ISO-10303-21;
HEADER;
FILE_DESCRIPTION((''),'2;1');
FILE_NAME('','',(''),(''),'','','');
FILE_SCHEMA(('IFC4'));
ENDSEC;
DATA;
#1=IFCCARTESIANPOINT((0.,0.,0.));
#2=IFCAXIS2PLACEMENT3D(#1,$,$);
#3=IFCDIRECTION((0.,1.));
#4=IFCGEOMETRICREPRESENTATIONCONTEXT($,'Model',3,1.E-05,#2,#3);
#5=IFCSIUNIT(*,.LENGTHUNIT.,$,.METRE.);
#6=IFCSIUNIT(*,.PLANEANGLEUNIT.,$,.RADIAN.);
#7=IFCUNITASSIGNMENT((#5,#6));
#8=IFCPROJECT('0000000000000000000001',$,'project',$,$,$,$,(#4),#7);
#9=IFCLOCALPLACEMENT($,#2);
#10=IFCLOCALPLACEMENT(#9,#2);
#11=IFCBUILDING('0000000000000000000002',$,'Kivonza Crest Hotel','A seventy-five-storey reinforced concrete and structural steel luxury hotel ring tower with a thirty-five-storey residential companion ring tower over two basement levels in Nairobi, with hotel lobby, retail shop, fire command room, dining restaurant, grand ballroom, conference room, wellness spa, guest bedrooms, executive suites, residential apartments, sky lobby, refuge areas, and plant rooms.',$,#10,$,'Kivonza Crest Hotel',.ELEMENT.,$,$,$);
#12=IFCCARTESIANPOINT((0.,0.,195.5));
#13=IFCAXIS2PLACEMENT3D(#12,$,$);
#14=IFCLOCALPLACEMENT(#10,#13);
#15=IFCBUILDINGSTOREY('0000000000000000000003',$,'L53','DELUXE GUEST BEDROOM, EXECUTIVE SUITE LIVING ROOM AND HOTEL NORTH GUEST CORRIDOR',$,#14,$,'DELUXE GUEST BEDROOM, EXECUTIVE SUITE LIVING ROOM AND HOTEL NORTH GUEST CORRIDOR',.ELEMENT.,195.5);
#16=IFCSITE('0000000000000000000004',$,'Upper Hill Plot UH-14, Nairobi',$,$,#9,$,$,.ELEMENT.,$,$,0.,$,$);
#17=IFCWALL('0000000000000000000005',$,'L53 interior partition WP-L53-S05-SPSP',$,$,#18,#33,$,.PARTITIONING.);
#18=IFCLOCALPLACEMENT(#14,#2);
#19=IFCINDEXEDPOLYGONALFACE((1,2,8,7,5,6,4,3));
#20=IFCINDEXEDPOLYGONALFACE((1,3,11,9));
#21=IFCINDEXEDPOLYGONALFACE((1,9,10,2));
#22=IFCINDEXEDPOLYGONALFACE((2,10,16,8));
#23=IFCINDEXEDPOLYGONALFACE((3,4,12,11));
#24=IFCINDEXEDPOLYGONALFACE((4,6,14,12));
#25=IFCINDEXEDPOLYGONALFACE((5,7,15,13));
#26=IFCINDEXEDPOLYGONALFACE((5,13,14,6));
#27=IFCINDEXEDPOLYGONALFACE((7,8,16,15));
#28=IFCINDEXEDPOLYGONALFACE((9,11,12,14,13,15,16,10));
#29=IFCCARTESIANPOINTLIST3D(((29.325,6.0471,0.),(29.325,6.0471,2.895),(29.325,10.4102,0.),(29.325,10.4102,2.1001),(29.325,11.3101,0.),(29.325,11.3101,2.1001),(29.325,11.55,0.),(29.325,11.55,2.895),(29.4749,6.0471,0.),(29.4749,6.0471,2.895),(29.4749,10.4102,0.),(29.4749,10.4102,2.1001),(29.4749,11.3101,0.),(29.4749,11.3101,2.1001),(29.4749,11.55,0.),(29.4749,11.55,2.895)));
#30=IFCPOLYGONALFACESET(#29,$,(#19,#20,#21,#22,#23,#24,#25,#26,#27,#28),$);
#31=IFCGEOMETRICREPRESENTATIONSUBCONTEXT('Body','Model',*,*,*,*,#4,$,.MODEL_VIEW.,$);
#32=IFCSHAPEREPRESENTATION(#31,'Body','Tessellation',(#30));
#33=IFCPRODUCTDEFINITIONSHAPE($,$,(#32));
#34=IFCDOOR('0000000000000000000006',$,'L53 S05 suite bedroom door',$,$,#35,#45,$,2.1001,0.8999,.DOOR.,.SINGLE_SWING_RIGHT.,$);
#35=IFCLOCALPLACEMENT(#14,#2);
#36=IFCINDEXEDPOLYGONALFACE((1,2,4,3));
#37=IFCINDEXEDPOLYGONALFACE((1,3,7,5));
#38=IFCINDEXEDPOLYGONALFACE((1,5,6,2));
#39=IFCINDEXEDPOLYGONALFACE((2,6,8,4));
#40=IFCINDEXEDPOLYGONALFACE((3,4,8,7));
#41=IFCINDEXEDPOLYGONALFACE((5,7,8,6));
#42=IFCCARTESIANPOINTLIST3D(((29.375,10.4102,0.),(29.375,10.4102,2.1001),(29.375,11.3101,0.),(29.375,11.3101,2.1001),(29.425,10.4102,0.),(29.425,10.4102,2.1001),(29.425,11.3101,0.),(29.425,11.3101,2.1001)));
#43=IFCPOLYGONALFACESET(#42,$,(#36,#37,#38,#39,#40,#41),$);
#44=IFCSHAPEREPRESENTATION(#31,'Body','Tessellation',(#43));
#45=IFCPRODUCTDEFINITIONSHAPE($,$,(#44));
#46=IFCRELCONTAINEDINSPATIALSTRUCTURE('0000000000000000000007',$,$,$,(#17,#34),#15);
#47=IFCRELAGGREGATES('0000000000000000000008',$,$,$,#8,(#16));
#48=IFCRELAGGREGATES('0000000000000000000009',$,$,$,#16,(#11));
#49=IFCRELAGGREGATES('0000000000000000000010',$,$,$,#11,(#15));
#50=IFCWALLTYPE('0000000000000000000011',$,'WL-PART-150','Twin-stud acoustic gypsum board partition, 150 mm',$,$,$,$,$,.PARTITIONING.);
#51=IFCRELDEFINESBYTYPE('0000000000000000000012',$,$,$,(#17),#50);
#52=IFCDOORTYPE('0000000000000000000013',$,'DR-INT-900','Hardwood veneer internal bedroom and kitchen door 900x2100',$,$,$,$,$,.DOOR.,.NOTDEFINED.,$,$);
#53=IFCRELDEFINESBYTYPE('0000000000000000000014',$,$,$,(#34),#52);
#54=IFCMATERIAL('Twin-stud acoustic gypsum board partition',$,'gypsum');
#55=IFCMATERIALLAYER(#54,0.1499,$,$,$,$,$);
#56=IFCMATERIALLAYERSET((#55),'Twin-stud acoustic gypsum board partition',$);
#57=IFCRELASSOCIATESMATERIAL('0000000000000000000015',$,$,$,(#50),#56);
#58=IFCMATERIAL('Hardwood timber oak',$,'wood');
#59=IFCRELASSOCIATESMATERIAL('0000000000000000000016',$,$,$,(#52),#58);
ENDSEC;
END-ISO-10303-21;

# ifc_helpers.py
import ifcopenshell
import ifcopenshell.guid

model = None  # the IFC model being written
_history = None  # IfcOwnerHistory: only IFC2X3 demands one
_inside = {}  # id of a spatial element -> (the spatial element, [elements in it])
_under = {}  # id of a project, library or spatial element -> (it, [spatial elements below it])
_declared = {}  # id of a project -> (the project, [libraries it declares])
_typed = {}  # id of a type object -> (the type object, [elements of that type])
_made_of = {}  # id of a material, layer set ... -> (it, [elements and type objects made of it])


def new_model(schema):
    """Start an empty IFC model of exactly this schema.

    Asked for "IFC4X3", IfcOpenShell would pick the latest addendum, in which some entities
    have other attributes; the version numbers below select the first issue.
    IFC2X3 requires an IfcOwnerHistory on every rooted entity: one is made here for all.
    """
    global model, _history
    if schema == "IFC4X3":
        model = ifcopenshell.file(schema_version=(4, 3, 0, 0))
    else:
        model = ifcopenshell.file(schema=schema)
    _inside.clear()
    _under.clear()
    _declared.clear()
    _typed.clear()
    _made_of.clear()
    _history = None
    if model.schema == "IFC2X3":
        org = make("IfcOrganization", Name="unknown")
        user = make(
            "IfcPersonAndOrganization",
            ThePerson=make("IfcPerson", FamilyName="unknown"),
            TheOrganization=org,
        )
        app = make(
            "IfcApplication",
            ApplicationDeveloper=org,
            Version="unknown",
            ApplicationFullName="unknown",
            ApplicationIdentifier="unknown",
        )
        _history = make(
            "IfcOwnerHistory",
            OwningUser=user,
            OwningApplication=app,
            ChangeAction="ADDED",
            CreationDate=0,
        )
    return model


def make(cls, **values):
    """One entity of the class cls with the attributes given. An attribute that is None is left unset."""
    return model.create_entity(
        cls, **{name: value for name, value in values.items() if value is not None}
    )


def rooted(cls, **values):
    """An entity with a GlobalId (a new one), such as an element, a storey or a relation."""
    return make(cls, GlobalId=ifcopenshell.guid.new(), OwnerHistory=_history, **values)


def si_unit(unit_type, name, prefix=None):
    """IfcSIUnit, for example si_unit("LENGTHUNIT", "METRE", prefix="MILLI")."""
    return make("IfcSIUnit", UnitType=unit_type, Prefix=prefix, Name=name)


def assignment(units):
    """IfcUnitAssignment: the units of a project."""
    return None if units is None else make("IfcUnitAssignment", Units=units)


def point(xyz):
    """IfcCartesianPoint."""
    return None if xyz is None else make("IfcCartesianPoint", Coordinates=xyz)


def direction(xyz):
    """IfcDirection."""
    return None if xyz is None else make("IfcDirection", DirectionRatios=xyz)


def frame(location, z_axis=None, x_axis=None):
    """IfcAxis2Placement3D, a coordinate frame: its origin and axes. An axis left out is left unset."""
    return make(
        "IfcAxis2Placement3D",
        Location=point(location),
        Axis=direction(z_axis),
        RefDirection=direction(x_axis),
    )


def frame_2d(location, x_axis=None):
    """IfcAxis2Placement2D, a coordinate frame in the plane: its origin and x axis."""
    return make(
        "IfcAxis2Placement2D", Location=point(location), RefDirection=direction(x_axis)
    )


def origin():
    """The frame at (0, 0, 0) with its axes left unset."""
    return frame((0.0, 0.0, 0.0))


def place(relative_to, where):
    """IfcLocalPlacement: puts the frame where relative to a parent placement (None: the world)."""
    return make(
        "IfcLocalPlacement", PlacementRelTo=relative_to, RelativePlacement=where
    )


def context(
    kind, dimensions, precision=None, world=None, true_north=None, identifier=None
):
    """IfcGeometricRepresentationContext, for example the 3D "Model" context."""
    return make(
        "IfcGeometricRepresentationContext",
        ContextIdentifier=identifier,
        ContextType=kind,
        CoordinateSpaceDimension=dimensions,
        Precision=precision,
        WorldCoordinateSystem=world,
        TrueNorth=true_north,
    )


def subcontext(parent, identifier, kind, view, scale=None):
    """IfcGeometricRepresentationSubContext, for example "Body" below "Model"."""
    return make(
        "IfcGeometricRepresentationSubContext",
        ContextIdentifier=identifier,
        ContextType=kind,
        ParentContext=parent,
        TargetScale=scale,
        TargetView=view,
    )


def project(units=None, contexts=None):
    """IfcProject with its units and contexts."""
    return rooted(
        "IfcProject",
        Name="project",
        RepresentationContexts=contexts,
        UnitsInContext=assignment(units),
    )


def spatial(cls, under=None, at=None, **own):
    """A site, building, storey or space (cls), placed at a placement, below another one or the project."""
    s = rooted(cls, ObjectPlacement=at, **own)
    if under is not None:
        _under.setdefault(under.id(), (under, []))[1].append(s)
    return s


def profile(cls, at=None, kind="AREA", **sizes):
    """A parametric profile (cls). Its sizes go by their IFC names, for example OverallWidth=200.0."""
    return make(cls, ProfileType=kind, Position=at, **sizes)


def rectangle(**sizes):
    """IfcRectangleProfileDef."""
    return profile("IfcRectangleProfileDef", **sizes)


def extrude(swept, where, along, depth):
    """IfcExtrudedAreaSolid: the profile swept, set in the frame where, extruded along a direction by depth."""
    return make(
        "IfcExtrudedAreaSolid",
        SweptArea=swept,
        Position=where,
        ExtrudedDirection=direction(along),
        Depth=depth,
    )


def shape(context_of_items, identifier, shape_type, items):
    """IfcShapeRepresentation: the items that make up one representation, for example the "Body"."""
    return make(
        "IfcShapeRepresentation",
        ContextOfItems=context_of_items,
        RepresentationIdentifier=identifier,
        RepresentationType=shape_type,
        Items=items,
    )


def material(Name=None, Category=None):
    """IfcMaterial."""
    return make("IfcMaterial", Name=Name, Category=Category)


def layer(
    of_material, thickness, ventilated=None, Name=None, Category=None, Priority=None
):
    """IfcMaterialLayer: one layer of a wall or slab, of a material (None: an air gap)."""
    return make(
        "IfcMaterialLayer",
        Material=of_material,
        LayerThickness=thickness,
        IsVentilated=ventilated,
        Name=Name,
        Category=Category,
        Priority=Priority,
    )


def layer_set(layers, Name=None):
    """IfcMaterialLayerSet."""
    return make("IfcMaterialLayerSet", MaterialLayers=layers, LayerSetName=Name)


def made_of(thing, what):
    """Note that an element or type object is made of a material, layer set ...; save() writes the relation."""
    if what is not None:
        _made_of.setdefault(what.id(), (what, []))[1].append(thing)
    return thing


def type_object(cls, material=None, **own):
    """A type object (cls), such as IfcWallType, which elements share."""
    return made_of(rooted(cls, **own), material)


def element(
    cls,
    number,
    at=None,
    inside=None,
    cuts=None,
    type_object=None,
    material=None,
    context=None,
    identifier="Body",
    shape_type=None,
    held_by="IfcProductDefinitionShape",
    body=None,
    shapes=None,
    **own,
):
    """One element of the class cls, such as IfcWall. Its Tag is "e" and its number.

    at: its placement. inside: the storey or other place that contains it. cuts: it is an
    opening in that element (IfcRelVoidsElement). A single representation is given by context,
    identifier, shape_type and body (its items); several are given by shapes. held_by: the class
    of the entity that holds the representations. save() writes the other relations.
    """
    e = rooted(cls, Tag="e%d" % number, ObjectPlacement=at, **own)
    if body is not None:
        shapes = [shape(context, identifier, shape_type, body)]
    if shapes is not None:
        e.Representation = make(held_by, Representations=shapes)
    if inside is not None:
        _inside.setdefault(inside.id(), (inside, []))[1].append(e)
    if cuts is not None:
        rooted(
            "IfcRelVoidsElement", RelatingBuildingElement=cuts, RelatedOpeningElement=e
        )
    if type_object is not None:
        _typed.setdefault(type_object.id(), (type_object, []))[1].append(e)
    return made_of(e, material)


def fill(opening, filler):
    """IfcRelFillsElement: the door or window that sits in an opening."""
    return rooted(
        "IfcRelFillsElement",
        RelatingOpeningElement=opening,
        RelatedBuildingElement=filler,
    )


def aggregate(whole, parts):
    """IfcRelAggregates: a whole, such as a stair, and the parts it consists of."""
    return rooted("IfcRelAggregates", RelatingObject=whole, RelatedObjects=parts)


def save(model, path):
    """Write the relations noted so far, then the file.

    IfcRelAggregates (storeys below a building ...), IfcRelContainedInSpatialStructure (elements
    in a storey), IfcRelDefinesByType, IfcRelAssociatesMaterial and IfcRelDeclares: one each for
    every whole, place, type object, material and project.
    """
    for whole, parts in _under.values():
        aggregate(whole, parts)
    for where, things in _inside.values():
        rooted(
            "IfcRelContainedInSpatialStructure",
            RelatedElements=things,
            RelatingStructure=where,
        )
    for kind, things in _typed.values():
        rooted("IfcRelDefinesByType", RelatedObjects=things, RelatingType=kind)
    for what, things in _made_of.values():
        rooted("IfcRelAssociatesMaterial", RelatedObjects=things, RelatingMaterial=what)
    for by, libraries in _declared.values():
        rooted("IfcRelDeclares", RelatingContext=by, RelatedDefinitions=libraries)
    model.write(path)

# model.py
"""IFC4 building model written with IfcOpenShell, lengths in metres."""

from ifc_helpers import new_model, si_unit, direction, frame, frame_2d, origin, place, context, subcontext, project, spatial, rectangle, extrude, material, layer, layer_set, type_object, element, fill, save


model = new_model("IFC4")

# Units and contexts
model_context = context("Model", 3, precision=1e-05, world=origin(), true_north=direction((0.0, 1.0)))
body_context = subcontext(model_context, "Body", "Model", "MODEL_VIEW")
ifc_project = project(units=[si_unit("LENGTHUNIT", "METRE"), si_unit("PLANEANGLEUNIT", "RADIAN")], contexts=[model_context])

# Site, building, storey
site_placement = place(None, origin())
site = spatial("IfcSite", under=ifc_project, at=site_placement, Name="Upper Hill Plot UH-14, Nairobi", CompositionType="ELEMENT", RefElevation=0.0)
building_placement = place(site_placement, origin())
building = spatial("IfcBuilding", under=site, at=building_placement, Name="Kivonza Crest Hotel", Description="A seventy-five-storey reinforced concrete and structural steel luxury hotel ring tower with a thirty-five-storey residential companion ring tower over two basement levels in Nairobi, with hotel lobby, retail shop, fire command room, dining restaurant, grand ballroom, conference room, wellness spa, guest bedrooms, executive suites, residential apartments, sky lobby, refuge areas, and plant rooms.", LongName="Kivonza Crest Hotel", CompositionType="ELEMENT")
storey_placement = place(building_placement, frame((0.0, 0.0, 195.5)))
storey = spatial("IfcBuildingStorey", under=building, at=storey_placement, Name="L53", Description="DELUXE GUEST BEDROOM, EXECUTIVE SUITE LIVING ROOM AND HOTEL NORTH GUEST CORRIDOR", LongName="DELUXE GUEST BEDROOM, EXECUTIVE SUITE LIVING ROOM AND HOTEL NORTH GUEST CORRIDOR", CompositionType="ELEMENT", Elevation=195.5)

# Wall, opening, door
ifc_material_1 = material(Name="Twin-stud acoustic gypsum board partition", Category="gypsum")
ifc_layer_1 = layer(ifc_material_1, 0.1499)
ifc_layer_set_1 = layer_set([ifc_layer_1], Name="Twin-stud acoustic gypsum board partition")
wall_type_1 = type_object("IfcWallType", Name="WL-PART-150", Description="Twin-stud acoustic gypsum board partition, 150 mm", PredefinedType="PARTITIONING", material=ifc_layer_set_1)
wall_1_placement = place(storey_placement, frame((29.3999, 6.0471, 0.0), z_axis=(0.0, 0.0, 1.0), x_axis=(0.0, 1.0, 0.0)))
wall_1 = element("IfcWall", 1, at=wall_1_placement, inside=storey, type_object=wall_type_1, Name="L53 interior partition WP-L53-S05-SPSP", PredefinedType="PARTITIONING", context=body_context, shape_type="SweptSolid", body=[
    extrude(rectangle(XDim=5.5029, YDim=0.1499, at=frame_2d((2.7515, 0.0))), origin(), (0.0, 0.0, 1.0), 2.895),
])
opening_1_placement = place(wall_1_placement, frame((4.363, 0.0, 0.0)))
opening_1 = element("IfcOpeningElement", 2, at=opening_1_placement, cuts=wall_1, PredefinedType="OPENING", context=body_context, shape_type="SweptSolid", body=[
    extrude(rectangle(XDim=0.8999, YDim=2.1001, at=frame_2d((0.45, 1.05))), frame((0.0, 0.085, 0.0), z_axis=(0.0, -1.0, 0.0), x_axis=(1.0, 0.0, 0.0)), (0.0, 0.0, 1.0), 0.1699),
])
ifc_material_2 = material(Name="Hardwood timber oak", Category="wood")
door_type = type_object("IfcDoorType", Name="DR-INT-900", Description="Hardwood veneer internal bedroom and kitchen door 900x2100", OperationType="NOTDEFINED", PredefinedType="DOOR", material=ifc_material_2)
door_placement = place(opening_1_placement, origin())
door = element("IfcDoor", 3, at=door_placement, inside=storey, type_object=door_type, Name="L53 S05 suite bedroom door", OperationType="SINGLE_SWING_RIGHT", OverallHeight=2.1001, OverallWidth=0.8999, PredefinedType="DOOR", context=body_context, shape_type="SweptSolid", body=[
    extrude(rectangle(XDim=0.8999, YDim=2.1001, at=frame_2d((0.45, 1.05))), frame((0.0, 0.0249, 0.0), z_axis=(0.0, -1.0, 0.0), x_axis=(1.0, 0.0, 0.0)), (0.0, 0.0, 1.0), 0.05),
])
fill(opening_1, door)

save(model, "model.ifc")
